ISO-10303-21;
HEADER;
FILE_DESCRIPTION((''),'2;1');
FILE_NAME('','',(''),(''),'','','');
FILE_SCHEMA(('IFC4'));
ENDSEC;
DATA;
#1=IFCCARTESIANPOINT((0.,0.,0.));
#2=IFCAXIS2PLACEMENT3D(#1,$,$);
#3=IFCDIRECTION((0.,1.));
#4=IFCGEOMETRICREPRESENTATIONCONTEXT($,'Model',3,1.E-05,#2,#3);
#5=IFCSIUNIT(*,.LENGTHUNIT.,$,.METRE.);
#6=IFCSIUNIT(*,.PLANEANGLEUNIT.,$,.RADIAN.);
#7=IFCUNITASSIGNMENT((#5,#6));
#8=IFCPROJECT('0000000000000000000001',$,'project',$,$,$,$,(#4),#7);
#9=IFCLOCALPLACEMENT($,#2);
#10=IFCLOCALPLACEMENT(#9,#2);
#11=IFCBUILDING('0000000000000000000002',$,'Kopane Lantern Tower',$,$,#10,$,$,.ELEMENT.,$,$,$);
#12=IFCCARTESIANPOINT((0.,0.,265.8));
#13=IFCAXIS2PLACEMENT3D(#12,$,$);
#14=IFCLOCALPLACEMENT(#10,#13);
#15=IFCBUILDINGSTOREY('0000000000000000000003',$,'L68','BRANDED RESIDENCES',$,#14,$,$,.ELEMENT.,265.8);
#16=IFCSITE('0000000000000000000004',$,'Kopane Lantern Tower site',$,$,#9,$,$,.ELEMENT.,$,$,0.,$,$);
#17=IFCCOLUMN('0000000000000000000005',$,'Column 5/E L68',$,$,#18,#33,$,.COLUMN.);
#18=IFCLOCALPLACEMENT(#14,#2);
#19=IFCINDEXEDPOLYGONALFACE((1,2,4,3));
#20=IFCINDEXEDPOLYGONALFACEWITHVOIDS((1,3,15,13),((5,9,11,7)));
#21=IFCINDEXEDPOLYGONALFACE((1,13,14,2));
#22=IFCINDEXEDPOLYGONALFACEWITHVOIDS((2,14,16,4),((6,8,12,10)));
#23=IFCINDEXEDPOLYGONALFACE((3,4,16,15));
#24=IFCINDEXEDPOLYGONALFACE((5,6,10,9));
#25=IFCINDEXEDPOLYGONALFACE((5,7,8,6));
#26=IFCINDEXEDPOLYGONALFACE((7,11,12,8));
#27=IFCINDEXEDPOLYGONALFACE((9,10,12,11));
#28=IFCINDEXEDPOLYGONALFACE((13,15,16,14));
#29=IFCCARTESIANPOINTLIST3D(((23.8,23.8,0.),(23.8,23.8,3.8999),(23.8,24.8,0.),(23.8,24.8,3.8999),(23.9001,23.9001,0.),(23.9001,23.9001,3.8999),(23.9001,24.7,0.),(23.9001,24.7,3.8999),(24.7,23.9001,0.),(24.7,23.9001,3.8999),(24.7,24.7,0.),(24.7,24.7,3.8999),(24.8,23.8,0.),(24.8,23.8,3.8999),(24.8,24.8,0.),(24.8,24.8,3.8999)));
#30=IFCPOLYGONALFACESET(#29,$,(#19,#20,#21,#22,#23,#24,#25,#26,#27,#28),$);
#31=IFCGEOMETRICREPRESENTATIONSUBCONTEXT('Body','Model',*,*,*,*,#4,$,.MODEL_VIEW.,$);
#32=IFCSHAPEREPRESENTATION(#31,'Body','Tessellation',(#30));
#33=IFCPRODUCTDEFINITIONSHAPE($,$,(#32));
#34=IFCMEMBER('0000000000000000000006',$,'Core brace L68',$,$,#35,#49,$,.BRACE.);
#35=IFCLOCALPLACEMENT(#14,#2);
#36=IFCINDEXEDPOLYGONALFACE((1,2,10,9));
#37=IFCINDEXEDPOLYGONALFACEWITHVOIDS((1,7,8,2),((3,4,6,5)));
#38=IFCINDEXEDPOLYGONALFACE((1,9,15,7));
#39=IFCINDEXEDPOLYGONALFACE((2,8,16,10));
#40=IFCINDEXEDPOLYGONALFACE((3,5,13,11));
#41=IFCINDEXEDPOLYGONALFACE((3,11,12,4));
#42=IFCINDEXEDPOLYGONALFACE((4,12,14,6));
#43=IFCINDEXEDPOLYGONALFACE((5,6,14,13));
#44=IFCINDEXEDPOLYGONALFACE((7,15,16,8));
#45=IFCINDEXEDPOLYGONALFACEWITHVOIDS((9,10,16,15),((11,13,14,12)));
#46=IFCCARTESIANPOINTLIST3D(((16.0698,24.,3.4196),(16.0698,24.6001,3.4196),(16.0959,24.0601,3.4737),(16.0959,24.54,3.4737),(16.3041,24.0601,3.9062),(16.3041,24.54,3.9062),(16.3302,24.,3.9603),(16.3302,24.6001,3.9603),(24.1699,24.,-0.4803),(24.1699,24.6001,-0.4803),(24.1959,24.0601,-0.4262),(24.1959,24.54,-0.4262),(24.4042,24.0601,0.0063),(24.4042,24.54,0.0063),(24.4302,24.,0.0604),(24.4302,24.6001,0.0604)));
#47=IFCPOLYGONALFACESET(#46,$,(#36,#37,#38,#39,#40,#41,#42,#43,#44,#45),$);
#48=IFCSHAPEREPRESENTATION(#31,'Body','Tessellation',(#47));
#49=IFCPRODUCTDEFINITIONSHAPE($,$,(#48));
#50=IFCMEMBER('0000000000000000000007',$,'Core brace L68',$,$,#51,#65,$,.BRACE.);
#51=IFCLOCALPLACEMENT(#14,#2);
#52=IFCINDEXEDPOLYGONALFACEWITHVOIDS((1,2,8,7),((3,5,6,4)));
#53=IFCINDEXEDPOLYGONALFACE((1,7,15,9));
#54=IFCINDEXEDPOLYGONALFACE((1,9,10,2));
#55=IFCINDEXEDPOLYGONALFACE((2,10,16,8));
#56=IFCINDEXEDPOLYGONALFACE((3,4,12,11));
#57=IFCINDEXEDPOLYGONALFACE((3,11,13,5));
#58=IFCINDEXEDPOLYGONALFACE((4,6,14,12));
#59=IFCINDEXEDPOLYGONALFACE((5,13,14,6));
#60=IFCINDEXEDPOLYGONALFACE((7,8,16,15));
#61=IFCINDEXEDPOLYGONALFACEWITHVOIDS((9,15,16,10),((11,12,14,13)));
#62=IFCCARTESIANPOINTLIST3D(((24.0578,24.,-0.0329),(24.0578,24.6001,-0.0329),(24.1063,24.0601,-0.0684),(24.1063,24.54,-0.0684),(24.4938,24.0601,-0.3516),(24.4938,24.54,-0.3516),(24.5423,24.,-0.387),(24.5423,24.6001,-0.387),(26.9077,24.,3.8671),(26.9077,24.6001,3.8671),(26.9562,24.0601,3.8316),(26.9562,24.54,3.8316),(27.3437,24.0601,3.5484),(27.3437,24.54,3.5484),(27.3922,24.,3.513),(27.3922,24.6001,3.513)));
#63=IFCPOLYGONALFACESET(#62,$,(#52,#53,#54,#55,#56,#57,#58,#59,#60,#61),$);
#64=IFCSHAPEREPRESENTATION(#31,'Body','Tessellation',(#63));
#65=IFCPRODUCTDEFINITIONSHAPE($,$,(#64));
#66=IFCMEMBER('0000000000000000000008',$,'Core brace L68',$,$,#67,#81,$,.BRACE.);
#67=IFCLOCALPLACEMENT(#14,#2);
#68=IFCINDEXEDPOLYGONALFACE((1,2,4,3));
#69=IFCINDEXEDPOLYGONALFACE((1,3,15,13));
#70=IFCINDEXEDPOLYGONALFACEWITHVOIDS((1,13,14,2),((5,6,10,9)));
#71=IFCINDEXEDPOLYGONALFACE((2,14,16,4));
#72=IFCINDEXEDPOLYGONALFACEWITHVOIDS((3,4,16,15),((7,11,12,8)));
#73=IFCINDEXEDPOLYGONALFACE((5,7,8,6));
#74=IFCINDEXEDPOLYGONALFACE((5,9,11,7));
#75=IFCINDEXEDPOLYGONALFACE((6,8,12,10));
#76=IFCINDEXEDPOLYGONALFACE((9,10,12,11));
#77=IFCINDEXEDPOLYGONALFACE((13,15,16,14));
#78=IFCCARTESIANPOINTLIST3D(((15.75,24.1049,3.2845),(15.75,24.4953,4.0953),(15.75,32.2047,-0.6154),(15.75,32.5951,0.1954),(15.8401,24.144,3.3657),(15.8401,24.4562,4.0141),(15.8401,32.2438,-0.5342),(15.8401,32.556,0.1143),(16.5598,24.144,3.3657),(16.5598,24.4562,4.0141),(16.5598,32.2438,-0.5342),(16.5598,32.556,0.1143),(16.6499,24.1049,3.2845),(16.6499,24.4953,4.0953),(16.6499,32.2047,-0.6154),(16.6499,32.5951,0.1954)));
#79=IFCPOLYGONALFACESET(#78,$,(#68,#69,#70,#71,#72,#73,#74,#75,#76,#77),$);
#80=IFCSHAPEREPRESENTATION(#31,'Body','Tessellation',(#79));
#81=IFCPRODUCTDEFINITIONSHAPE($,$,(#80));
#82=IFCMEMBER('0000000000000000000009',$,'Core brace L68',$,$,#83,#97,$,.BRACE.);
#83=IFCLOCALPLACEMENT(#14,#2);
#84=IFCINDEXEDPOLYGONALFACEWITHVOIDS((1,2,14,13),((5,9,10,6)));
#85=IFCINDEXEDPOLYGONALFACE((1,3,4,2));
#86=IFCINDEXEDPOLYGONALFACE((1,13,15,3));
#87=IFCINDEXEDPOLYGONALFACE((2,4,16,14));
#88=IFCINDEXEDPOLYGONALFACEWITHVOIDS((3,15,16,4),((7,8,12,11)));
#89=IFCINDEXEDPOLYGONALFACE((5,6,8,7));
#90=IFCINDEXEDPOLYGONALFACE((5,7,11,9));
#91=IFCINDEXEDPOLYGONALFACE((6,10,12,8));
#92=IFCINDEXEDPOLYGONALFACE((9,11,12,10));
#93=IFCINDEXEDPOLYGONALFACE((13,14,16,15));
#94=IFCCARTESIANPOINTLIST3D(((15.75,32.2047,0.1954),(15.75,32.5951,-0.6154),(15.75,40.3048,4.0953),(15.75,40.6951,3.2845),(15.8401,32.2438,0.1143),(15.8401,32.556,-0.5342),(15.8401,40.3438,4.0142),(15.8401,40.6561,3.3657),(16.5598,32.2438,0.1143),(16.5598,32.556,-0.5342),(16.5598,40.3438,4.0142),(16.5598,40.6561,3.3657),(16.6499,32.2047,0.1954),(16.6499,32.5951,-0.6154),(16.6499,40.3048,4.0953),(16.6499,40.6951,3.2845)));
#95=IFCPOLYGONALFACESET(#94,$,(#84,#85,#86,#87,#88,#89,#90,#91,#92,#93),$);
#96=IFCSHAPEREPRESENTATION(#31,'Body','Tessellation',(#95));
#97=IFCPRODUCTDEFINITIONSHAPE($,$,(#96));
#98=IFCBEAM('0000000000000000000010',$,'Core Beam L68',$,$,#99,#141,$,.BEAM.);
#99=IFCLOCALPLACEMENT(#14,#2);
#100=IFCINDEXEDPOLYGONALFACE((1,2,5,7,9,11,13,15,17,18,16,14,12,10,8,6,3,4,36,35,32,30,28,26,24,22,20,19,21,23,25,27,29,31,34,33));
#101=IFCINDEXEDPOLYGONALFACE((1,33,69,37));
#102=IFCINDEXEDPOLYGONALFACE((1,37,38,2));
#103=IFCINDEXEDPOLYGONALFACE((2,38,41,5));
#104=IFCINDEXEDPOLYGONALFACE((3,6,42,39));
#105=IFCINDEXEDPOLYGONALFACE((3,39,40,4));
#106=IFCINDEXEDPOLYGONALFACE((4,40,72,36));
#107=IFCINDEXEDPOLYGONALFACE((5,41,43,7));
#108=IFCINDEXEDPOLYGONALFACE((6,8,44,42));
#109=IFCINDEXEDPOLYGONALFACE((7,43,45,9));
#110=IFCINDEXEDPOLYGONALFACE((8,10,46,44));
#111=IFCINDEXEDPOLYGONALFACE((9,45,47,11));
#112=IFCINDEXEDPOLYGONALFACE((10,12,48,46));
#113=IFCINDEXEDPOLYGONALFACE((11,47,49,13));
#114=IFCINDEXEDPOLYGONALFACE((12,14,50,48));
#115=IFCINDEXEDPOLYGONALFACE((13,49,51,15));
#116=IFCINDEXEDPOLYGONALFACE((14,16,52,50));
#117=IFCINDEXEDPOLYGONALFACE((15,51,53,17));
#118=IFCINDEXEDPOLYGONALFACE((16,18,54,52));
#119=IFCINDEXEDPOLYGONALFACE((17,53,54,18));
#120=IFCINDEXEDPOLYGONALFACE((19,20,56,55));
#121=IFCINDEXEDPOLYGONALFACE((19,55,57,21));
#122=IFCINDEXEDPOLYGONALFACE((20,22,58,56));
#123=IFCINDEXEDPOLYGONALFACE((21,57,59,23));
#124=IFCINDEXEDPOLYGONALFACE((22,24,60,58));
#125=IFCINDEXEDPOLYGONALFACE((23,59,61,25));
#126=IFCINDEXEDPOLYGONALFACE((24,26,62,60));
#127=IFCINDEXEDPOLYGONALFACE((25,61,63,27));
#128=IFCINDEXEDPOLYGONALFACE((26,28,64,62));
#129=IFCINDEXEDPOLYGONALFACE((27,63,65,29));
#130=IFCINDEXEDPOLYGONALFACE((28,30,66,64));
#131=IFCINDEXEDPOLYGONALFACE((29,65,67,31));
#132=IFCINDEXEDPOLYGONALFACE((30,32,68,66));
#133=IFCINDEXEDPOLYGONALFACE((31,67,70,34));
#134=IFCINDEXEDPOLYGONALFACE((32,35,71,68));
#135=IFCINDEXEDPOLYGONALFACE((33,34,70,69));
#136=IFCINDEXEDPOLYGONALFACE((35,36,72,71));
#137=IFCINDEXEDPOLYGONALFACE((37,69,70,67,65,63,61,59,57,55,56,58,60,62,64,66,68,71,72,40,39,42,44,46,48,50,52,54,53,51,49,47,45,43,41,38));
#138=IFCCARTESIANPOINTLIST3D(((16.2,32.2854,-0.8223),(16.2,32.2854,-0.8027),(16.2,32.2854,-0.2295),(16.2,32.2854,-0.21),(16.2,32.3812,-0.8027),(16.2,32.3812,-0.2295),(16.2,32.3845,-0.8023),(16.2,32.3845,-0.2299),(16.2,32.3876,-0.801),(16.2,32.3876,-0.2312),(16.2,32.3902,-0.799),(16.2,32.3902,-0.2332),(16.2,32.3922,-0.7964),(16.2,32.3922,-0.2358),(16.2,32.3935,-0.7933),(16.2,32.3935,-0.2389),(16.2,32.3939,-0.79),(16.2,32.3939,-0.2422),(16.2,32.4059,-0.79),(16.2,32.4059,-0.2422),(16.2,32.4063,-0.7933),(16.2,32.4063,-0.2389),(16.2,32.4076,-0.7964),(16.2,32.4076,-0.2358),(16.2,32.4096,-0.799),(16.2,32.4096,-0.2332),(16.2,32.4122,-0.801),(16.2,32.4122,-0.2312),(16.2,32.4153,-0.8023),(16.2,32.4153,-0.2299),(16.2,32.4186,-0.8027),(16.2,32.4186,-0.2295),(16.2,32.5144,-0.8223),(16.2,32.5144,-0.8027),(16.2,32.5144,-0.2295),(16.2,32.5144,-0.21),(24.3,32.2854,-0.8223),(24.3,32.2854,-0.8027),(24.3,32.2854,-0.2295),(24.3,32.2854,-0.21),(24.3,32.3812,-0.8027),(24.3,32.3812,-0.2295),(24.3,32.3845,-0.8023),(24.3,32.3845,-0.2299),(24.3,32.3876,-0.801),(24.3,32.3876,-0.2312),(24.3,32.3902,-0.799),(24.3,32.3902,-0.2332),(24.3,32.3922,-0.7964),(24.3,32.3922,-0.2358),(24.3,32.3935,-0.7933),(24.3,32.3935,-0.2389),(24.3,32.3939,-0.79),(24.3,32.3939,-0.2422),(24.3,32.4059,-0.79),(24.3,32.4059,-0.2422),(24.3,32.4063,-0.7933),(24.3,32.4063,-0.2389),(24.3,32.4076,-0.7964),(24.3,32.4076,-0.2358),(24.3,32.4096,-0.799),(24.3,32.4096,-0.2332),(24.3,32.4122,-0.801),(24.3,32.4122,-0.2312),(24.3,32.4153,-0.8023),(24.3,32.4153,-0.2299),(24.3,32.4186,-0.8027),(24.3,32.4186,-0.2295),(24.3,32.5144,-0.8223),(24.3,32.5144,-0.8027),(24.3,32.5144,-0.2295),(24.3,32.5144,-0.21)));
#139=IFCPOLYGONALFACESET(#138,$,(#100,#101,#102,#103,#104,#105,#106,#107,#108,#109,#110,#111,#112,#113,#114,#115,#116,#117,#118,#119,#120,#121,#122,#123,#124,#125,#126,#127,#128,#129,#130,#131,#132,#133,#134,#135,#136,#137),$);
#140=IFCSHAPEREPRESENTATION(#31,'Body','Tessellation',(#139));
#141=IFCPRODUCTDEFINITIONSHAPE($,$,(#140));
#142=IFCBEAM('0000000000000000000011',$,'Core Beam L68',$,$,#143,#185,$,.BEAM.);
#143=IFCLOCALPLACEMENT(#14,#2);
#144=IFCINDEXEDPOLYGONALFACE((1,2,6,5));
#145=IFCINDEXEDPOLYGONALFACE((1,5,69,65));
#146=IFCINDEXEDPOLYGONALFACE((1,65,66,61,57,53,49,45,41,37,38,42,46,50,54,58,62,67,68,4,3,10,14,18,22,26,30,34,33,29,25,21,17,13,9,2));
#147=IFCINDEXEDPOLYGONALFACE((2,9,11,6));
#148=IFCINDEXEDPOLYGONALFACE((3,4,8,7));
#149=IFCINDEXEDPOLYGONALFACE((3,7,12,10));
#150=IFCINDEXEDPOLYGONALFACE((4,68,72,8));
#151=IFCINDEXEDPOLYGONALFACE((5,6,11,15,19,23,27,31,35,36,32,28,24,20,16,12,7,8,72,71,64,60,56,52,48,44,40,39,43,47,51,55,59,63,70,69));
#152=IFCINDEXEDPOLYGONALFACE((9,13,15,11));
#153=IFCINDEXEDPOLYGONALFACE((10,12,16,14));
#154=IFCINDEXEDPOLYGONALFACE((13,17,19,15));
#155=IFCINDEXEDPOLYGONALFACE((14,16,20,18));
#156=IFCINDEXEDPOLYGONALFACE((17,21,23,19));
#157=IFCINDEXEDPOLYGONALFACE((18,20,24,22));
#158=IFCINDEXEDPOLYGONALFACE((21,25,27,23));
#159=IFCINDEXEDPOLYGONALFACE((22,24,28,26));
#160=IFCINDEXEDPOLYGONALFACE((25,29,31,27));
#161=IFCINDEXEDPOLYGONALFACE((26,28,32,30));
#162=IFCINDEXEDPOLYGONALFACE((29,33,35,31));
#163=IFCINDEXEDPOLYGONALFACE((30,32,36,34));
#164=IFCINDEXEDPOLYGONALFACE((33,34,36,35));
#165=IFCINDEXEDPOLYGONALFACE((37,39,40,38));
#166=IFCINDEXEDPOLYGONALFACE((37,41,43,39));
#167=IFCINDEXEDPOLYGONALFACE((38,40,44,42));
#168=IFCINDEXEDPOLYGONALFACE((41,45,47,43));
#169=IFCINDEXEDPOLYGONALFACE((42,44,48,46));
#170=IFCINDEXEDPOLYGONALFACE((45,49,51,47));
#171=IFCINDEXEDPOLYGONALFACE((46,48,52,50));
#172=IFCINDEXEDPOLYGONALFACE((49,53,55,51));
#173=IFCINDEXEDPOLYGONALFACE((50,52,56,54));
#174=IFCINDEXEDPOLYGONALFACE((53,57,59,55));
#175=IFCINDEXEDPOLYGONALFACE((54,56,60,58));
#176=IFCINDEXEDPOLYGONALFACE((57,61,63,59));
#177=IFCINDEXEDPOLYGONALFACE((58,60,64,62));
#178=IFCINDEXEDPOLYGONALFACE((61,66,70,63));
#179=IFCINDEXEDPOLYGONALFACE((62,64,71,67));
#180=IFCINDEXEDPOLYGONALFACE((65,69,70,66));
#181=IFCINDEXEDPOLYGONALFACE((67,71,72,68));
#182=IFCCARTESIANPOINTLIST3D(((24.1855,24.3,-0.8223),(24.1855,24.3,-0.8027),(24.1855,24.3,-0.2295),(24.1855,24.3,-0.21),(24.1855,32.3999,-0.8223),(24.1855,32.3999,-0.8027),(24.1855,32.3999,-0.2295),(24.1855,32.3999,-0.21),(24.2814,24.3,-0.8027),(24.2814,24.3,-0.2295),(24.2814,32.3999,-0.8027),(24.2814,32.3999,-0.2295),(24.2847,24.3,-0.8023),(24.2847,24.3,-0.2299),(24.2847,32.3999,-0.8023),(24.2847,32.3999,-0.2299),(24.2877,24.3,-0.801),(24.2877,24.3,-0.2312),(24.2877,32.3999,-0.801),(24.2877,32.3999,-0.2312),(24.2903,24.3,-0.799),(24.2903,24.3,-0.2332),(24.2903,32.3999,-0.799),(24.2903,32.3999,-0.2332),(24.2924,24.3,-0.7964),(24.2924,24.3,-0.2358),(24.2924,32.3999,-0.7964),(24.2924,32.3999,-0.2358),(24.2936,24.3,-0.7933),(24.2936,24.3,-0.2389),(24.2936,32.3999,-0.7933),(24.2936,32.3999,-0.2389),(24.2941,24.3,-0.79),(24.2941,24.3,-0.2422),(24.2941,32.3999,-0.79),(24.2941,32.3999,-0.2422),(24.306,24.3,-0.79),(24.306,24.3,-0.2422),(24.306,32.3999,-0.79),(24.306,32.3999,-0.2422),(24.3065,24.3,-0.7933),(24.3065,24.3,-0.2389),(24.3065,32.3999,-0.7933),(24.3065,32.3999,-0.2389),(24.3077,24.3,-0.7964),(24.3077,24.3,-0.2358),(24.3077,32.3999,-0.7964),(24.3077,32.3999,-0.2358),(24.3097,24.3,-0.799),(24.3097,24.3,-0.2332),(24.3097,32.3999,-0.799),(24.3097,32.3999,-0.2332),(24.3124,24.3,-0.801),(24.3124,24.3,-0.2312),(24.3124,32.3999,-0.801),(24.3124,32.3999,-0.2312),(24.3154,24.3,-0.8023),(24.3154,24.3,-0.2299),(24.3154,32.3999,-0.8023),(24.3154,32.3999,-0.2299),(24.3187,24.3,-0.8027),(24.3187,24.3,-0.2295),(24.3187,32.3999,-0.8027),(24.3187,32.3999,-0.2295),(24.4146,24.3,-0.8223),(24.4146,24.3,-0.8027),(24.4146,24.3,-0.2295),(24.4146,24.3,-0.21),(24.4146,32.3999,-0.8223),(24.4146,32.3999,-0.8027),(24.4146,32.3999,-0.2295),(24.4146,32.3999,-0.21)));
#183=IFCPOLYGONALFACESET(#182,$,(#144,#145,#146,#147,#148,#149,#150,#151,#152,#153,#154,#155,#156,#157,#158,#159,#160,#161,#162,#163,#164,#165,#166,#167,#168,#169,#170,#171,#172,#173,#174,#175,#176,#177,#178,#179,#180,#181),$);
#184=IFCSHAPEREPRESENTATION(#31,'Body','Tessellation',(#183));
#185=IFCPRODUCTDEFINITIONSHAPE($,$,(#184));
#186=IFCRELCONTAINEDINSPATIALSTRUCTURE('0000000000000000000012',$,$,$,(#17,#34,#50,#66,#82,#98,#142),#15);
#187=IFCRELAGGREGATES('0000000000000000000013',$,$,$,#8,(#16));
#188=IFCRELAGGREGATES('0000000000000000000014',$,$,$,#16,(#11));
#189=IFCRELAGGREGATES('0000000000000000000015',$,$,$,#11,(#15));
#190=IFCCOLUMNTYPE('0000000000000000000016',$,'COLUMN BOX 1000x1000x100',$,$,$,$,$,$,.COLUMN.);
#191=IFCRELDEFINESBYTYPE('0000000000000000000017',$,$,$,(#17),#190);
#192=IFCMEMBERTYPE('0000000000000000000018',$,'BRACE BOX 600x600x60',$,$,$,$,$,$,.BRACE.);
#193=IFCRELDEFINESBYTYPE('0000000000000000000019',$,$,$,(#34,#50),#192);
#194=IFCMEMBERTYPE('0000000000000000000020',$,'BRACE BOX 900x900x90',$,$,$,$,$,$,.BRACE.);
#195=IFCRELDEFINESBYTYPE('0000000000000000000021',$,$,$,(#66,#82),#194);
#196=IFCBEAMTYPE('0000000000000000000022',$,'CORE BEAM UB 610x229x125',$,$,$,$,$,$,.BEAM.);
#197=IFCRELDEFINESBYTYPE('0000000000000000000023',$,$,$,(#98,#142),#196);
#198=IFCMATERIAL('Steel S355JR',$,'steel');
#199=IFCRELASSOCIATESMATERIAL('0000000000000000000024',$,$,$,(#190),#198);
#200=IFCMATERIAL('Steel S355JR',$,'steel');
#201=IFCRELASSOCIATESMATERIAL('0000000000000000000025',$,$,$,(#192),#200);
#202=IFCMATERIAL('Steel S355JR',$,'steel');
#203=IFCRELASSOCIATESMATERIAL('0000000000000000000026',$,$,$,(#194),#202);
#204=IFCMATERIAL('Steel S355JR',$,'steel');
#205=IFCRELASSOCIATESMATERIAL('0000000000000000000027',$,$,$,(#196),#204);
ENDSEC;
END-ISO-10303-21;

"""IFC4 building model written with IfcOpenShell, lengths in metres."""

from ifc_helpers import new_model, si_unit, direction, frame, origin, origin_2d, place, context, subcontext, project, spatial, hollow_rectangle, i_section, extrude, material, material_profile, profile_set, type_object, element, save


model = new_model("IFC4")

# Units and contexts
model_context = context("Model", 3, precision=1e-05, world=origin(), true_north=direction((0.0, 1.0)))
body_context = subcontext(model_context, "Body", "Model", "MODEL_VIEW")
ifc_project = project(units=[si_unit("LENGTHUNIT", "METRE"), si_unit("PLANEANGLEUNIT", "RADIAN")], contexts=[model_context])

# Site, building, storey
site_placement = place(None, origin())
site = spatial("IfcSite", under=ifc_project, at=site_placement, Name="Kopane Lantern Tower site", CompositionType="ELEMENT", RefElevation=0.0)
building_placement = place(site_placement, origin())
building = spatial("IfcBuilding", under=site, at=building_placement, Name="Kopane Lantern Tower", CompositionType="ELEMENT")
storey_placement = place(building_placement, frame((0.0, 0.0, 265.8)))
storey = spatial("IfcBuildingStorey", under=building, at=storey_placement, Name="L68", Description="BRANDED RESIDENCES", CompositionType="ELEMENT", Elevation=265.8)

# Column
ifc_material_1 = material(Name="Steel S355JR", Category="steel")
ifc_material_profile_1 = material_profile(ifc_material_1, hollow_rectangle(XDim=1.0, YDim=1.0, WallThickness=0.1001, at=origin_2d()), Name="BOX 1000x1000x100")
ifc_profile_set_1 = profile_set([ifc_material_profile_1], Name="Steel S355JR")
column_type = type_object("IfcColumnType", Name="COLUMN BOX 1000x1000x100", PredefinedType="COLUMN", material=ifc_profile_set_1)
column_placement = place(storey_placement, frame((24.3, 24.3, 0.0), z_axis=(0.0, 0.0, 1.0), x_axis=(1.0, 0.0, 0.0)))
element("IfcColumn", 1, at=column_placement, inside=storey, type_object=column_type, Name="Column 5/E L68", PredefinedType="COLUMN", context=body_context, shape_type="SweptSolid", body=[
    extrude(hollow_rectangle(XDim=1.0, YDim=1.0, WallThickness=0.1001, at=origin_2d()), origin(), (0.0, 0.0, 1.0), 3.8999),
])

# Members
ifc_material_2 = material(Name="Steel S355JR", Category="steel")
ifc_material_profile_2 = material_profile(ifc_material_2, hollow_rectangle(XDim=0.6001, YDim=0.6001, WallThickness=0.0601, at=origin_2d()), Name="BOX 600x600x60")
ifc_profile_set_2 = profile_set([ifc_material_profile_2], Name="Steel S355JR")
member_type_1 = type_object("IfcMemberType", Name="BRACE BOX 600x600x60", PredefinedType="BRACE", material=ifc_profile_set_2)
member_1_placement = place(storey_placement, frame((24.3, 24.3, -0.21), z_axis=(-0.901008, 0.0, 0.433803), x_axis=(0.0, -1.0, 0.0)))
element("IfcMember", 2, at=member_1_placement, inside=storey, type_object=member_type_1, Name="Core brace L68", PredefinedType="BRACE", context=body_context, shape_type="SweptSolid", body=[
    extrude(hollow_rectangle(XDim=0.6001, YDim=0.6001, WallThickness=0.0601, at=origin_2d()), origin(), (0.0, 0.0, 1.0), 8.99),
])
member_2_placement = place(storey_placement, frame((24.3, 24.3, -0.21), z_axis=(0.590006, 0.0, 0.807399), x_axis=(0.0, 1.0, 0.0)))
element("IfcMember", 3, at=member_2_placement, inside=storey, type_object=member_type_1, Name="Core brace L68", PredefinedType="BRACE", context=body_context, shape_type="SweptSolid", body=[
    extrude(hollow_rectangle(XDim=0.6001, YDim=0.6001, WallThickness=0.0601, at=origin_2d()), origin(), (0.0, 0.0, 1.0), 4.8303),
])
ifc_material_3 = material(Name="Steel S355JR", Category="steel")
ifc_material_profile_3 = material_profile(ifc_material_3, hollow_rectangle(XDim=0.8999, YDim=0.8999, WallThickness=0.0901, at=origin_2d()), Name="BOX 900x900x90")
ifc_profile_set_3 = profile_set([ifc_material_profile_3], Name="Steel S355JR")
member_type_2 = type_object("IfcMemberType", Name="BRACE BOX 900x900x90", PredefinedType="BRACE", material=ifc_profile_set_3)
member_3_placement = place(storey_placement, frame((16.2, 32.3999, -0.21), z_axis=(0.0, -0.901003, 0.433813), x_axis=(1.0, 0.0, 0.0)))
element("IfcMember", 4, at=member_3_placement, inside=storey, type_object=member_type_2, Name="Core brace L68", PredefinedType="BRACE", context=body_context, shape_type="SweptSolid", body=[
    extrude(hollow_rectangle(XDim=0.8999, YDim=0.8999, WallThickness=0.0901, at=origin_2d()), origin(), (0.0, 0.0, 1.0), 8.9897),
])
member_4_placement = place(storey_placement, frame((16.2, 32.3999, -0.21), z_axis=(0.0, 0.901008, 0.433803), x_axis=(-1.0, 0.0, 0.0)))
element("IfcMember", 5, at=member_4_placement, inside=storey, type_object=member_type_2, Name="Core brace L68", PredefinedType="BRACE", context=body_context, shape_type="SweptSolid", body=[
    extrude(hollow_rectangle(XDim=0.8999, YDim=0.8999, WallThickness=0.0901, at=origin_2d()), origin(), (0.0, 0.0, 1.0), 8.99),
])

# Beams
ifc_material_4 = material(Name="Steel S355JR", Category="steel")
ifc_material_profile_4 = material_profile(ifc_material_4, i_section(OverallWidth=0.229, OverallDepth=0.6123, WebThickness=0.012, FlangeThickness=0.0195, FilletRadius=0.0127, at=origin_2d()), Name="UB 610x229x125")
ifc_profile_set_4 = profile_set([ifc_material_profile_4], Name="Steel S355JR")
beam_type_1 = type_object("IfcBeamType", Name="CORE BEAM UB 610x229x125", PredefinedType="BEAM", material=ifc_profile_set_4)
beam_1_placement = place(storey_placement, frame((16.2, 32.3999, -0.5161), z_axis=(1.0, 0.0, 0.0), x_axis=(0.0, 1.0, 0.0)))
element("IfcBeam", 6, at=beam_1_placement, inside=storey, type_object=beam_type_1, Name="Core Beam L68", PredefinedType="BEAM", context=body_context, shape_type="SweptSolid", body=[
    extrude(i_section(OverallWidth=0.229, OverallDepth=0.6123, WebThickness=0.012, FlangeThickness=0.0195, FilletRadius=0.0127, at=origin_2d()), origin(), (0.0, 0.0, 1.0), 8.1001),
])
beam_2_placement = place(storey_placement, frame((24.3, 24.3, -0.5161), z_axis=(0.0, 1.0, 0.0), x_axis=(-1.0, 0.0, 0.0)))
element("IfcBeam", 7, at=beam_2_placement, inside=storey, type_object=beam_type_1, Name="Core Beam L68", PredefinedType="BEAM", context=body_context, shape_type="SweptSolid", body=[
    extrude(i_section(OverallWidth=0.229, OverallDepth=0.6123, WebThickness=0.012, FlangeThickness=0.0195, FilletRadius=0.0127, at=origin_2d()), origin(), (0.0, 0.0, 1.0), 8.0999),
])

save(model, "model.ifc")
